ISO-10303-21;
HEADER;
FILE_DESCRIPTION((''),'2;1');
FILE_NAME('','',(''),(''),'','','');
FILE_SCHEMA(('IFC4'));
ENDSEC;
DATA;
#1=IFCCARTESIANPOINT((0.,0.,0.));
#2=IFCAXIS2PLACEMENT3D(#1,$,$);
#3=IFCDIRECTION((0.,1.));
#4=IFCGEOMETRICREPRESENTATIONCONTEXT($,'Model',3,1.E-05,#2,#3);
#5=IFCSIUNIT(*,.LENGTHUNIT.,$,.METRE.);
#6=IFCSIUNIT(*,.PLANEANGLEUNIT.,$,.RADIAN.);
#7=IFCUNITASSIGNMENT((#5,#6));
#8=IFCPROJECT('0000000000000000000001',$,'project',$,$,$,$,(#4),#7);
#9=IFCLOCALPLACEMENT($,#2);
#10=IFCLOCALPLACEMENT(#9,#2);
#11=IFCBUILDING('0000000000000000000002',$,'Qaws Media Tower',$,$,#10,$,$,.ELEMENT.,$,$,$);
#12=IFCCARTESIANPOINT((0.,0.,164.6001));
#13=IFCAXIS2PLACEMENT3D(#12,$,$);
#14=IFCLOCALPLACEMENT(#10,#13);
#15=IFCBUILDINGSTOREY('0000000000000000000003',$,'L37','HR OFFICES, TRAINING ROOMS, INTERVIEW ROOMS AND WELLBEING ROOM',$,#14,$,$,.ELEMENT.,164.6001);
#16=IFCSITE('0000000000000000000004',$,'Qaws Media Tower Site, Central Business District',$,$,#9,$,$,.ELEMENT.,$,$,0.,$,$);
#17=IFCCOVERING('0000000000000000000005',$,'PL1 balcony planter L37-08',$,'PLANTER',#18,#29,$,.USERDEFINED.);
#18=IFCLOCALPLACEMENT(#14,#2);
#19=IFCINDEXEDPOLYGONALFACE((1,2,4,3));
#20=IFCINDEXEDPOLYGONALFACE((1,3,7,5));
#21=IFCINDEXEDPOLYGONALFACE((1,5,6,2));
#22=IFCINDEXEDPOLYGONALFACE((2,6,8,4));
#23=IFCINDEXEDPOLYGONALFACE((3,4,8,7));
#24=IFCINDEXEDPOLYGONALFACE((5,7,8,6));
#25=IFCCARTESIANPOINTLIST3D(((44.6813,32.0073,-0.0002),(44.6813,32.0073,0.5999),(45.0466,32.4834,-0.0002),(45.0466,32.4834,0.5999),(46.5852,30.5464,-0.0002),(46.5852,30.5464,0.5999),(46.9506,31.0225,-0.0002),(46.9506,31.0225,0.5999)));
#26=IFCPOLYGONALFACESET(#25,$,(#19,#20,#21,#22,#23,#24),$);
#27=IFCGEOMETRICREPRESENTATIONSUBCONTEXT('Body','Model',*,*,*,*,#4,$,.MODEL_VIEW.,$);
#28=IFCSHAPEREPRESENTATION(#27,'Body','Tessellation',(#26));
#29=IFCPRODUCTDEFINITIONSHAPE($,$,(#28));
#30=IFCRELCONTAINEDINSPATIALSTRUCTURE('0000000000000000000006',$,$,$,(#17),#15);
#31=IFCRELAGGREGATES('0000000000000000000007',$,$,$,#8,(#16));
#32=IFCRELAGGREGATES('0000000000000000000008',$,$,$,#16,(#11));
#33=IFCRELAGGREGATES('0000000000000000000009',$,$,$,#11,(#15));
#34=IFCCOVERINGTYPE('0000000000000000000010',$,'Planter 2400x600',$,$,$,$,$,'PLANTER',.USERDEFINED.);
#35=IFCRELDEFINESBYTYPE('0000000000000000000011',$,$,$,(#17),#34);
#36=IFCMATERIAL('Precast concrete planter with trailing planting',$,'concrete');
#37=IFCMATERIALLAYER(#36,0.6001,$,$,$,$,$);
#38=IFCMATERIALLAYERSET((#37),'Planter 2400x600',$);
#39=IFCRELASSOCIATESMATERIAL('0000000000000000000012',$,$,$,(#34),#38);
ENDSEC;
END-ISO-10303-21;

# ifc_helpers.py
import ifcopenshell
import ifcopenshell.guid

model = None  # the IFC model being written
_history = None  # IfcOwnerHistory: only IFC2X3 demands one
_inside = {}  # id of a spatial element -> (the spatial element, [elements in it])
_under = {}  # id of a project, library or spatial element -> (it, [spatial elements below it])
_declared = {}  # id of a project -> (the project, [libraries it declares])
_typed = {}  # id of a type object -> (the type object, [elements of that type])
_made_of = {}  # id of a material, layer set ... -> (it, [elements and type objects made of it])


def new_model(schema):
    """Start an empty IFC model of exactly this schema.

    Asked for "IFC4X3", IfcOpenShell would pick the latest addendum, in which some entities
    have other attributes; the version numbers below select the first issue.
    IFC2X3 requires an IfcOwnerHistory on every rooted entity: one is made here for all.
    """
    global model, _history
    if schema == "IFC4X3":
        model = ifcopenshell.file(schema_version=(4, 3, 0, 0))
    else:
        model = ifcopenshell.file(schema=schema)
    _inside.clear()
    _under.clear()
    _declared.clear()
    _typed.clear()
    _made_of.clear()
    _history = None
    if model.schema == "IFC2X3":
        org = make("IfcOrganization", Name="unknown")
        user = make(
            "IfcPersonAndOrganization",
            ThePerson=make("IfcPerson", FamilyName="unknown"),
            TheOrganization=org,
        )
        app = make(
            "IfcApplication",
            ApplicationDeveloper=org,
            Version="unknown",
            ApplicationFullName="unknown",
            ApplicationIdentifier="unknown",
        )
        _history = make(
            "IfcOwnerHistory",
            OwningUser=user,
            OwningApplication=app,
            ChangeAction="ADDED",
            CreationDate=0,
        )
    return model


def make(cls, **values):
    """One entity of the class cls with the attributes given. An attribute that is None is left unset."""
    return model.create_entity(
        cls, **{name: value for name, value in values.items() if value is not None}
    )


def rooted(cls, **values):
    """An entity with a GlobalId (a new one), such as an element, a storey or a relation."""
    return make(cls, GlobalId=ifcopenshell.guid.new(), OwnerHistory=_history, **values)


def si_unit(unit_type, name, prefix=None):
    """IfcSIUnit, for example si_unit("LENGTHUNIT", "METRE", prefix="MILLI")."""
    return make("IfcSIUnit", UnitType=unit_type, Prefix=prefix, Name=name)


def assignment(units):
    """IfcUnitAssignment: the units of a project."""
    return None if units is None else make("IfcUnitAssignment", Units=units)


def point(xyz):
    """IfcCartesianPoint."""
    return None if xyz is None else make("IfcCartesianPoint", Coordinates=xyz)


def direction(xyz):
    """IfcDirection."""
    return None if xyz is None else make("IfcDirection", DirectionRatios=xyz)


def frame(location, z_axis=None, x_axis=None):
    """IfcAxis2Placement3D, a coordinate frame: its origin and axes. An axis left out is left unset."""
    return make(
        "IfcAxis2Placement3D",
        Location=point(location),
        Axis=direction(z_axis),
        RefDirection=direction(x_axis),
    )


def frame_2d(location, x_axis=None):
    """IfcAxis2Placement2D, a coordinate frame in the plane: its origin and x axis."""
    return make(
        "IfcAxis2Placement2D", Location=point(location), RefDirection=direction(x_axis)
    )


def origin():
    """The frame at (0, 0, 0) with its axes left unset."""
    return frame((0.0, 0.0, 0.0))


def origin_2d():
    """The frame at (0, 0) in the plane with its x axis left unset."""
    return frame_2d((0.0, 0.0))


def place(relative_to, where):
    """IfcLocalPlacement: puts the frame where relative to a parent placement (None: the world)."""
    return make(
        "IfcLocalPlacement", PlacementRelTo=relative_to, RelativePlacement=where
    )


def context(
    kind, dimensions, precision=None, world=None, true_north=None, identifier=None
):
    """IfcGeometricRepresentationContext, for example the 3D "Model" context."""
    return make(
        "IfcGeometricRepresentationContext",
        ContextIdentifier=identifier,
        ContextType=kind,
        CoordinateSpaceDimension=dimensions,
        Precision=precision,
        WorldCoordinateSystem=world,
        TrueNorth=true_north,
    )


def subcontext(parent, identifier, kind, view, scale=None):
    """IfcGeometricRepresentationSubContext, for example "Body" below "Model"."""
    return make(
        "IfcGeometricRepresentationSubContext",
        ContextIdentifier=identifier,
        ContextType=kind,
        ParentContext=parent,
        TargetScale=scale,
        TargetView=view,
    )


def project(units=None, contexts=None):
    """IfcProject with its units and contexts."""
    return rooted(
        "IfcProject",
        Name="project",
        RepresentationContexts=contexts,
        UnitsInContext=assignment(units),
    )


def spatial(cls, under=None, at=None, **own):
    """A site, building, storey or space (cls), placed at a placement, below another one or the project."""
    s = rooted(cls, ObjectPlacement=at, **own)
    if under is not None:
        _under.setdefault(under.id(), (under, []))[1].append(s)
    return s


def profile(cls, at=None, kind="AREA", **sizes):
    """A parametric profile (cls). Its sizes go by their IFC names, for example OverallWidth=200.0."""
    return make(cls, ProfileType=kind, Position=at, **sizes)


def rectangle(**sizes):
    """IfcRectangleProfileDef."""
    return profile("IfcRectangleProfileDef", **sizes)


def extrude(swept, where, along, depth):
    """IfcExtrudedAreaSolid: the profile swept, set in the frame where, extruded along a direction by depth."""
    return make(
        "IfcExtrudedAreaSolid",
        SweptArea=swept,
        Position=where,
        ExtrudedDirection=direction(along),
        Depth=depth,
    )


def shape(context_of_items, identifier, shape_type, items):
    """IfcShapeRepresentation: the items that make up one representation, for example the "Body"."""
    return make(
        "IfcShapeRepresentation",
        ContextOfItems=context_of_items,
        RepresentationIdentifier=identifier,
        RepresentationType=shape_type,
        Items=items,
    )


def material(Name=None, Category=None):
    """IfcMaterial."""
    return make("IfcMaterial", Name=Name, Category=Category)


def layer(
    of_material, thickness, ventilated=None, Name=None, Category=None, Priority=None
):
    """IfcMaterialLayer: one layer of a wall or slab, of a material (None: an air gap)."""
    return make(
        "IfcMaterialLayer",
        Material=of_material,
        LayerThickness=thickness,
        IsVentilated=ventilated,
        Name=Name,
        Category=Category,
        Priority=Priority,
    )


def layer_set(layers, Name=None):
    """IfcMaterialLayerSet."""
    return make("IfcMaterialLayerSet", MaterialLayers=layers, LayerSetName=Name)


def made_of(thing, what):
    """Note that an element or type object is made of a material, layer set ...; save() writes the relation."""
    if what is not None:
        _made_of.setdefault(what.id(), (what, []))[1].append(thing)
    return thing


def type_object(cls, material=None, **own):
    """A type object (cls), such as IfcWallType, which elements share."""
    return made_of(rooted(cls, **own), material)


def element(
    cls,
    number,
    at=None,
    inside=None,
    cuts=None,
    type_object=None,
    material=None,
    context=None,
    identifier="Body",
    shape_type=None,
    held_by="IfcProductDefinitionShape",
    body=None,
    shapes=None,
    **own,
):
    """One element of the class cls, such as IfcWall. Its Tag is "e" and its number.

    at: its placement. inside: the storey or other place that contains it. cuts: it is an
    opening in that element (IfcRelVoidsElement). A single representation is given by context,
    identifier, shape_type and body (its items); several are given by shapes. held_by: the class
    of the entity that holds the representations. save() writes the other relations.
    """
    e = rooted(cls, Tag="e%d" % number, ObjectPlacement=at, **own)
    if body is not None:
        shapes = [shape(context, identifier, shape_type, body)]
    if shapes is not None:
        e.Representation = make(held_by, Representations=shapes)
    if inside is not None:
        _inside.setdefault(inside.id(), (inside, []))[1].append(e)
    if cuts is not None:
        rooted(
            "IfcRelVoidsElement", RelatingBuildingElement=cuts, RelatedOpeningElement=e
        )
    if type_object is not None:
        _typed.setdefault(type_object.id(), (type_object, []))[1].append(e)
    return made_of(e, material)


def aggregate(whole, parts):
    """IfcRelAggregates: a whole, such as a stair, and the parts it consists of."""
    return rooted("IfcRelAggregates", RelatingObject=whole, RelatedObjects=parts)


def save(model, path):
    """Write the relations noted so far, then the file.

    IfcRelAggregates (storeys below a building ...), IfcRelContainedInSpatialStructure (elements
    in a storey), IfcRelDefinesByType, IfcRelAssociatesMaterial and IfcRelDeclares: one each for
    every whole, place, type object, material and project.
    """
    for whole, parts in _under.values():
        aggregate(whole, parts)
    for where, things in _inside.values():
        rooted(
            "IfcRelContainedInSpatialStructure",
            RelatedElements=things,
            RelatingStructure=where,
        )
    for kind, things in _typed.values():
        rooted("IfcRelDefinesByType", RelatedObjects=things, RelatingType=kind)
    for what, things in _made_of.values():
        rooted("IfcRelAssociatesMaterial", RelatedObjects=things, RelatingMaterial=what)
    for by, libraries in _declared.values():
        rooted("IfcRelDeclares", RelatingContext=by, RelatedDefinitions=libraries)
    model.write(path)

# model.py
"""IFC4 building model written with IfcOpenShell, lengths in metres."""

from ifc_helpers import new_model, si_unit, direction, frame, origin, origin_2d, place, context, subcontext, project, spatial, rectangle, extrude, material, layer, layer_set, type_object, element, save


model = new_model("IFC4")

# Units and contexts
model_context = context("Model", 3, precision=1e-05, world=origin(), true_north=direction((0.0, 1.0)))
body_context = subcontext(model_context, "Body", "Model", "MODEL_VIEW")
ifc_project = project(units=[si_unit("LENGTHUNIT", "METRE"), si_unit("PLANEANGLEUNIT", "RADIAN")], contexts=[model_context])

# Site, building, storey
site_placement = place(None, origin())
site = spatial("IfcSite", under=ifc_project, at=site_placement, Name="Qaws Media Tower Site, Central Business District", CompositionType="ELEMENT", RefElevation=0.0)
building_placement = place(site_placement, origin())
building = spatial("IfcBuilding", under=site, at=building_placement, Name="Qaws Media Tower", CompositionType="ELEMENT")
storey_placement = place(building_placement, frame((0.0, 0.0, 164.6001)))
storey = spatial("IfcBuildingStorey", under=building, at=storey_placement, Name="L37", Description="HR OFFICES, TRAINING ROOMS, INTERVIEW ROOMS AND WELLBEING ROOM", CompositionType="ELEMENT", Elevation=164.6001)

# Covering
ifc_material_1 = material(Name="Precast concrete planter with trailing planting", Category="concrete")
ifc_layer_1 = layer(ifc_material_1, 0.6001)
ifc_layer_set_1 = layer_set([ifc_layer_1], Name="Planter 2400x600")
covering_type = type_object("IfcCoveringType", Name="Planter 2400x600", ElementType="PLANTER", PredefinedType="USERDEFINED", material=ifc_layer_set_1)
covering_placement = place(storey_placement, frame((45.8159, 31.5149, -0.0002), z_axis=(0.0, 0.0, 1.0), x_axis=(0.793353, -0.608761, 0.0)))
element("IfcCovering", 1, at=covering_placement, inside=storey, type_object=covering_type, Name="PL1 balcony planter L37-08", ObjectType="PLANTER", PredefinedType="USERDEFINED", context=body_context, shape_type="SweptSolid", body=[
    extrude(rectangle(XDim=2.3999, YDim=0.6001, at=origin_2d()), origin(), (0.0, 0.0, 1.0), 0.6001),
])

save(model, "model.ifc")
